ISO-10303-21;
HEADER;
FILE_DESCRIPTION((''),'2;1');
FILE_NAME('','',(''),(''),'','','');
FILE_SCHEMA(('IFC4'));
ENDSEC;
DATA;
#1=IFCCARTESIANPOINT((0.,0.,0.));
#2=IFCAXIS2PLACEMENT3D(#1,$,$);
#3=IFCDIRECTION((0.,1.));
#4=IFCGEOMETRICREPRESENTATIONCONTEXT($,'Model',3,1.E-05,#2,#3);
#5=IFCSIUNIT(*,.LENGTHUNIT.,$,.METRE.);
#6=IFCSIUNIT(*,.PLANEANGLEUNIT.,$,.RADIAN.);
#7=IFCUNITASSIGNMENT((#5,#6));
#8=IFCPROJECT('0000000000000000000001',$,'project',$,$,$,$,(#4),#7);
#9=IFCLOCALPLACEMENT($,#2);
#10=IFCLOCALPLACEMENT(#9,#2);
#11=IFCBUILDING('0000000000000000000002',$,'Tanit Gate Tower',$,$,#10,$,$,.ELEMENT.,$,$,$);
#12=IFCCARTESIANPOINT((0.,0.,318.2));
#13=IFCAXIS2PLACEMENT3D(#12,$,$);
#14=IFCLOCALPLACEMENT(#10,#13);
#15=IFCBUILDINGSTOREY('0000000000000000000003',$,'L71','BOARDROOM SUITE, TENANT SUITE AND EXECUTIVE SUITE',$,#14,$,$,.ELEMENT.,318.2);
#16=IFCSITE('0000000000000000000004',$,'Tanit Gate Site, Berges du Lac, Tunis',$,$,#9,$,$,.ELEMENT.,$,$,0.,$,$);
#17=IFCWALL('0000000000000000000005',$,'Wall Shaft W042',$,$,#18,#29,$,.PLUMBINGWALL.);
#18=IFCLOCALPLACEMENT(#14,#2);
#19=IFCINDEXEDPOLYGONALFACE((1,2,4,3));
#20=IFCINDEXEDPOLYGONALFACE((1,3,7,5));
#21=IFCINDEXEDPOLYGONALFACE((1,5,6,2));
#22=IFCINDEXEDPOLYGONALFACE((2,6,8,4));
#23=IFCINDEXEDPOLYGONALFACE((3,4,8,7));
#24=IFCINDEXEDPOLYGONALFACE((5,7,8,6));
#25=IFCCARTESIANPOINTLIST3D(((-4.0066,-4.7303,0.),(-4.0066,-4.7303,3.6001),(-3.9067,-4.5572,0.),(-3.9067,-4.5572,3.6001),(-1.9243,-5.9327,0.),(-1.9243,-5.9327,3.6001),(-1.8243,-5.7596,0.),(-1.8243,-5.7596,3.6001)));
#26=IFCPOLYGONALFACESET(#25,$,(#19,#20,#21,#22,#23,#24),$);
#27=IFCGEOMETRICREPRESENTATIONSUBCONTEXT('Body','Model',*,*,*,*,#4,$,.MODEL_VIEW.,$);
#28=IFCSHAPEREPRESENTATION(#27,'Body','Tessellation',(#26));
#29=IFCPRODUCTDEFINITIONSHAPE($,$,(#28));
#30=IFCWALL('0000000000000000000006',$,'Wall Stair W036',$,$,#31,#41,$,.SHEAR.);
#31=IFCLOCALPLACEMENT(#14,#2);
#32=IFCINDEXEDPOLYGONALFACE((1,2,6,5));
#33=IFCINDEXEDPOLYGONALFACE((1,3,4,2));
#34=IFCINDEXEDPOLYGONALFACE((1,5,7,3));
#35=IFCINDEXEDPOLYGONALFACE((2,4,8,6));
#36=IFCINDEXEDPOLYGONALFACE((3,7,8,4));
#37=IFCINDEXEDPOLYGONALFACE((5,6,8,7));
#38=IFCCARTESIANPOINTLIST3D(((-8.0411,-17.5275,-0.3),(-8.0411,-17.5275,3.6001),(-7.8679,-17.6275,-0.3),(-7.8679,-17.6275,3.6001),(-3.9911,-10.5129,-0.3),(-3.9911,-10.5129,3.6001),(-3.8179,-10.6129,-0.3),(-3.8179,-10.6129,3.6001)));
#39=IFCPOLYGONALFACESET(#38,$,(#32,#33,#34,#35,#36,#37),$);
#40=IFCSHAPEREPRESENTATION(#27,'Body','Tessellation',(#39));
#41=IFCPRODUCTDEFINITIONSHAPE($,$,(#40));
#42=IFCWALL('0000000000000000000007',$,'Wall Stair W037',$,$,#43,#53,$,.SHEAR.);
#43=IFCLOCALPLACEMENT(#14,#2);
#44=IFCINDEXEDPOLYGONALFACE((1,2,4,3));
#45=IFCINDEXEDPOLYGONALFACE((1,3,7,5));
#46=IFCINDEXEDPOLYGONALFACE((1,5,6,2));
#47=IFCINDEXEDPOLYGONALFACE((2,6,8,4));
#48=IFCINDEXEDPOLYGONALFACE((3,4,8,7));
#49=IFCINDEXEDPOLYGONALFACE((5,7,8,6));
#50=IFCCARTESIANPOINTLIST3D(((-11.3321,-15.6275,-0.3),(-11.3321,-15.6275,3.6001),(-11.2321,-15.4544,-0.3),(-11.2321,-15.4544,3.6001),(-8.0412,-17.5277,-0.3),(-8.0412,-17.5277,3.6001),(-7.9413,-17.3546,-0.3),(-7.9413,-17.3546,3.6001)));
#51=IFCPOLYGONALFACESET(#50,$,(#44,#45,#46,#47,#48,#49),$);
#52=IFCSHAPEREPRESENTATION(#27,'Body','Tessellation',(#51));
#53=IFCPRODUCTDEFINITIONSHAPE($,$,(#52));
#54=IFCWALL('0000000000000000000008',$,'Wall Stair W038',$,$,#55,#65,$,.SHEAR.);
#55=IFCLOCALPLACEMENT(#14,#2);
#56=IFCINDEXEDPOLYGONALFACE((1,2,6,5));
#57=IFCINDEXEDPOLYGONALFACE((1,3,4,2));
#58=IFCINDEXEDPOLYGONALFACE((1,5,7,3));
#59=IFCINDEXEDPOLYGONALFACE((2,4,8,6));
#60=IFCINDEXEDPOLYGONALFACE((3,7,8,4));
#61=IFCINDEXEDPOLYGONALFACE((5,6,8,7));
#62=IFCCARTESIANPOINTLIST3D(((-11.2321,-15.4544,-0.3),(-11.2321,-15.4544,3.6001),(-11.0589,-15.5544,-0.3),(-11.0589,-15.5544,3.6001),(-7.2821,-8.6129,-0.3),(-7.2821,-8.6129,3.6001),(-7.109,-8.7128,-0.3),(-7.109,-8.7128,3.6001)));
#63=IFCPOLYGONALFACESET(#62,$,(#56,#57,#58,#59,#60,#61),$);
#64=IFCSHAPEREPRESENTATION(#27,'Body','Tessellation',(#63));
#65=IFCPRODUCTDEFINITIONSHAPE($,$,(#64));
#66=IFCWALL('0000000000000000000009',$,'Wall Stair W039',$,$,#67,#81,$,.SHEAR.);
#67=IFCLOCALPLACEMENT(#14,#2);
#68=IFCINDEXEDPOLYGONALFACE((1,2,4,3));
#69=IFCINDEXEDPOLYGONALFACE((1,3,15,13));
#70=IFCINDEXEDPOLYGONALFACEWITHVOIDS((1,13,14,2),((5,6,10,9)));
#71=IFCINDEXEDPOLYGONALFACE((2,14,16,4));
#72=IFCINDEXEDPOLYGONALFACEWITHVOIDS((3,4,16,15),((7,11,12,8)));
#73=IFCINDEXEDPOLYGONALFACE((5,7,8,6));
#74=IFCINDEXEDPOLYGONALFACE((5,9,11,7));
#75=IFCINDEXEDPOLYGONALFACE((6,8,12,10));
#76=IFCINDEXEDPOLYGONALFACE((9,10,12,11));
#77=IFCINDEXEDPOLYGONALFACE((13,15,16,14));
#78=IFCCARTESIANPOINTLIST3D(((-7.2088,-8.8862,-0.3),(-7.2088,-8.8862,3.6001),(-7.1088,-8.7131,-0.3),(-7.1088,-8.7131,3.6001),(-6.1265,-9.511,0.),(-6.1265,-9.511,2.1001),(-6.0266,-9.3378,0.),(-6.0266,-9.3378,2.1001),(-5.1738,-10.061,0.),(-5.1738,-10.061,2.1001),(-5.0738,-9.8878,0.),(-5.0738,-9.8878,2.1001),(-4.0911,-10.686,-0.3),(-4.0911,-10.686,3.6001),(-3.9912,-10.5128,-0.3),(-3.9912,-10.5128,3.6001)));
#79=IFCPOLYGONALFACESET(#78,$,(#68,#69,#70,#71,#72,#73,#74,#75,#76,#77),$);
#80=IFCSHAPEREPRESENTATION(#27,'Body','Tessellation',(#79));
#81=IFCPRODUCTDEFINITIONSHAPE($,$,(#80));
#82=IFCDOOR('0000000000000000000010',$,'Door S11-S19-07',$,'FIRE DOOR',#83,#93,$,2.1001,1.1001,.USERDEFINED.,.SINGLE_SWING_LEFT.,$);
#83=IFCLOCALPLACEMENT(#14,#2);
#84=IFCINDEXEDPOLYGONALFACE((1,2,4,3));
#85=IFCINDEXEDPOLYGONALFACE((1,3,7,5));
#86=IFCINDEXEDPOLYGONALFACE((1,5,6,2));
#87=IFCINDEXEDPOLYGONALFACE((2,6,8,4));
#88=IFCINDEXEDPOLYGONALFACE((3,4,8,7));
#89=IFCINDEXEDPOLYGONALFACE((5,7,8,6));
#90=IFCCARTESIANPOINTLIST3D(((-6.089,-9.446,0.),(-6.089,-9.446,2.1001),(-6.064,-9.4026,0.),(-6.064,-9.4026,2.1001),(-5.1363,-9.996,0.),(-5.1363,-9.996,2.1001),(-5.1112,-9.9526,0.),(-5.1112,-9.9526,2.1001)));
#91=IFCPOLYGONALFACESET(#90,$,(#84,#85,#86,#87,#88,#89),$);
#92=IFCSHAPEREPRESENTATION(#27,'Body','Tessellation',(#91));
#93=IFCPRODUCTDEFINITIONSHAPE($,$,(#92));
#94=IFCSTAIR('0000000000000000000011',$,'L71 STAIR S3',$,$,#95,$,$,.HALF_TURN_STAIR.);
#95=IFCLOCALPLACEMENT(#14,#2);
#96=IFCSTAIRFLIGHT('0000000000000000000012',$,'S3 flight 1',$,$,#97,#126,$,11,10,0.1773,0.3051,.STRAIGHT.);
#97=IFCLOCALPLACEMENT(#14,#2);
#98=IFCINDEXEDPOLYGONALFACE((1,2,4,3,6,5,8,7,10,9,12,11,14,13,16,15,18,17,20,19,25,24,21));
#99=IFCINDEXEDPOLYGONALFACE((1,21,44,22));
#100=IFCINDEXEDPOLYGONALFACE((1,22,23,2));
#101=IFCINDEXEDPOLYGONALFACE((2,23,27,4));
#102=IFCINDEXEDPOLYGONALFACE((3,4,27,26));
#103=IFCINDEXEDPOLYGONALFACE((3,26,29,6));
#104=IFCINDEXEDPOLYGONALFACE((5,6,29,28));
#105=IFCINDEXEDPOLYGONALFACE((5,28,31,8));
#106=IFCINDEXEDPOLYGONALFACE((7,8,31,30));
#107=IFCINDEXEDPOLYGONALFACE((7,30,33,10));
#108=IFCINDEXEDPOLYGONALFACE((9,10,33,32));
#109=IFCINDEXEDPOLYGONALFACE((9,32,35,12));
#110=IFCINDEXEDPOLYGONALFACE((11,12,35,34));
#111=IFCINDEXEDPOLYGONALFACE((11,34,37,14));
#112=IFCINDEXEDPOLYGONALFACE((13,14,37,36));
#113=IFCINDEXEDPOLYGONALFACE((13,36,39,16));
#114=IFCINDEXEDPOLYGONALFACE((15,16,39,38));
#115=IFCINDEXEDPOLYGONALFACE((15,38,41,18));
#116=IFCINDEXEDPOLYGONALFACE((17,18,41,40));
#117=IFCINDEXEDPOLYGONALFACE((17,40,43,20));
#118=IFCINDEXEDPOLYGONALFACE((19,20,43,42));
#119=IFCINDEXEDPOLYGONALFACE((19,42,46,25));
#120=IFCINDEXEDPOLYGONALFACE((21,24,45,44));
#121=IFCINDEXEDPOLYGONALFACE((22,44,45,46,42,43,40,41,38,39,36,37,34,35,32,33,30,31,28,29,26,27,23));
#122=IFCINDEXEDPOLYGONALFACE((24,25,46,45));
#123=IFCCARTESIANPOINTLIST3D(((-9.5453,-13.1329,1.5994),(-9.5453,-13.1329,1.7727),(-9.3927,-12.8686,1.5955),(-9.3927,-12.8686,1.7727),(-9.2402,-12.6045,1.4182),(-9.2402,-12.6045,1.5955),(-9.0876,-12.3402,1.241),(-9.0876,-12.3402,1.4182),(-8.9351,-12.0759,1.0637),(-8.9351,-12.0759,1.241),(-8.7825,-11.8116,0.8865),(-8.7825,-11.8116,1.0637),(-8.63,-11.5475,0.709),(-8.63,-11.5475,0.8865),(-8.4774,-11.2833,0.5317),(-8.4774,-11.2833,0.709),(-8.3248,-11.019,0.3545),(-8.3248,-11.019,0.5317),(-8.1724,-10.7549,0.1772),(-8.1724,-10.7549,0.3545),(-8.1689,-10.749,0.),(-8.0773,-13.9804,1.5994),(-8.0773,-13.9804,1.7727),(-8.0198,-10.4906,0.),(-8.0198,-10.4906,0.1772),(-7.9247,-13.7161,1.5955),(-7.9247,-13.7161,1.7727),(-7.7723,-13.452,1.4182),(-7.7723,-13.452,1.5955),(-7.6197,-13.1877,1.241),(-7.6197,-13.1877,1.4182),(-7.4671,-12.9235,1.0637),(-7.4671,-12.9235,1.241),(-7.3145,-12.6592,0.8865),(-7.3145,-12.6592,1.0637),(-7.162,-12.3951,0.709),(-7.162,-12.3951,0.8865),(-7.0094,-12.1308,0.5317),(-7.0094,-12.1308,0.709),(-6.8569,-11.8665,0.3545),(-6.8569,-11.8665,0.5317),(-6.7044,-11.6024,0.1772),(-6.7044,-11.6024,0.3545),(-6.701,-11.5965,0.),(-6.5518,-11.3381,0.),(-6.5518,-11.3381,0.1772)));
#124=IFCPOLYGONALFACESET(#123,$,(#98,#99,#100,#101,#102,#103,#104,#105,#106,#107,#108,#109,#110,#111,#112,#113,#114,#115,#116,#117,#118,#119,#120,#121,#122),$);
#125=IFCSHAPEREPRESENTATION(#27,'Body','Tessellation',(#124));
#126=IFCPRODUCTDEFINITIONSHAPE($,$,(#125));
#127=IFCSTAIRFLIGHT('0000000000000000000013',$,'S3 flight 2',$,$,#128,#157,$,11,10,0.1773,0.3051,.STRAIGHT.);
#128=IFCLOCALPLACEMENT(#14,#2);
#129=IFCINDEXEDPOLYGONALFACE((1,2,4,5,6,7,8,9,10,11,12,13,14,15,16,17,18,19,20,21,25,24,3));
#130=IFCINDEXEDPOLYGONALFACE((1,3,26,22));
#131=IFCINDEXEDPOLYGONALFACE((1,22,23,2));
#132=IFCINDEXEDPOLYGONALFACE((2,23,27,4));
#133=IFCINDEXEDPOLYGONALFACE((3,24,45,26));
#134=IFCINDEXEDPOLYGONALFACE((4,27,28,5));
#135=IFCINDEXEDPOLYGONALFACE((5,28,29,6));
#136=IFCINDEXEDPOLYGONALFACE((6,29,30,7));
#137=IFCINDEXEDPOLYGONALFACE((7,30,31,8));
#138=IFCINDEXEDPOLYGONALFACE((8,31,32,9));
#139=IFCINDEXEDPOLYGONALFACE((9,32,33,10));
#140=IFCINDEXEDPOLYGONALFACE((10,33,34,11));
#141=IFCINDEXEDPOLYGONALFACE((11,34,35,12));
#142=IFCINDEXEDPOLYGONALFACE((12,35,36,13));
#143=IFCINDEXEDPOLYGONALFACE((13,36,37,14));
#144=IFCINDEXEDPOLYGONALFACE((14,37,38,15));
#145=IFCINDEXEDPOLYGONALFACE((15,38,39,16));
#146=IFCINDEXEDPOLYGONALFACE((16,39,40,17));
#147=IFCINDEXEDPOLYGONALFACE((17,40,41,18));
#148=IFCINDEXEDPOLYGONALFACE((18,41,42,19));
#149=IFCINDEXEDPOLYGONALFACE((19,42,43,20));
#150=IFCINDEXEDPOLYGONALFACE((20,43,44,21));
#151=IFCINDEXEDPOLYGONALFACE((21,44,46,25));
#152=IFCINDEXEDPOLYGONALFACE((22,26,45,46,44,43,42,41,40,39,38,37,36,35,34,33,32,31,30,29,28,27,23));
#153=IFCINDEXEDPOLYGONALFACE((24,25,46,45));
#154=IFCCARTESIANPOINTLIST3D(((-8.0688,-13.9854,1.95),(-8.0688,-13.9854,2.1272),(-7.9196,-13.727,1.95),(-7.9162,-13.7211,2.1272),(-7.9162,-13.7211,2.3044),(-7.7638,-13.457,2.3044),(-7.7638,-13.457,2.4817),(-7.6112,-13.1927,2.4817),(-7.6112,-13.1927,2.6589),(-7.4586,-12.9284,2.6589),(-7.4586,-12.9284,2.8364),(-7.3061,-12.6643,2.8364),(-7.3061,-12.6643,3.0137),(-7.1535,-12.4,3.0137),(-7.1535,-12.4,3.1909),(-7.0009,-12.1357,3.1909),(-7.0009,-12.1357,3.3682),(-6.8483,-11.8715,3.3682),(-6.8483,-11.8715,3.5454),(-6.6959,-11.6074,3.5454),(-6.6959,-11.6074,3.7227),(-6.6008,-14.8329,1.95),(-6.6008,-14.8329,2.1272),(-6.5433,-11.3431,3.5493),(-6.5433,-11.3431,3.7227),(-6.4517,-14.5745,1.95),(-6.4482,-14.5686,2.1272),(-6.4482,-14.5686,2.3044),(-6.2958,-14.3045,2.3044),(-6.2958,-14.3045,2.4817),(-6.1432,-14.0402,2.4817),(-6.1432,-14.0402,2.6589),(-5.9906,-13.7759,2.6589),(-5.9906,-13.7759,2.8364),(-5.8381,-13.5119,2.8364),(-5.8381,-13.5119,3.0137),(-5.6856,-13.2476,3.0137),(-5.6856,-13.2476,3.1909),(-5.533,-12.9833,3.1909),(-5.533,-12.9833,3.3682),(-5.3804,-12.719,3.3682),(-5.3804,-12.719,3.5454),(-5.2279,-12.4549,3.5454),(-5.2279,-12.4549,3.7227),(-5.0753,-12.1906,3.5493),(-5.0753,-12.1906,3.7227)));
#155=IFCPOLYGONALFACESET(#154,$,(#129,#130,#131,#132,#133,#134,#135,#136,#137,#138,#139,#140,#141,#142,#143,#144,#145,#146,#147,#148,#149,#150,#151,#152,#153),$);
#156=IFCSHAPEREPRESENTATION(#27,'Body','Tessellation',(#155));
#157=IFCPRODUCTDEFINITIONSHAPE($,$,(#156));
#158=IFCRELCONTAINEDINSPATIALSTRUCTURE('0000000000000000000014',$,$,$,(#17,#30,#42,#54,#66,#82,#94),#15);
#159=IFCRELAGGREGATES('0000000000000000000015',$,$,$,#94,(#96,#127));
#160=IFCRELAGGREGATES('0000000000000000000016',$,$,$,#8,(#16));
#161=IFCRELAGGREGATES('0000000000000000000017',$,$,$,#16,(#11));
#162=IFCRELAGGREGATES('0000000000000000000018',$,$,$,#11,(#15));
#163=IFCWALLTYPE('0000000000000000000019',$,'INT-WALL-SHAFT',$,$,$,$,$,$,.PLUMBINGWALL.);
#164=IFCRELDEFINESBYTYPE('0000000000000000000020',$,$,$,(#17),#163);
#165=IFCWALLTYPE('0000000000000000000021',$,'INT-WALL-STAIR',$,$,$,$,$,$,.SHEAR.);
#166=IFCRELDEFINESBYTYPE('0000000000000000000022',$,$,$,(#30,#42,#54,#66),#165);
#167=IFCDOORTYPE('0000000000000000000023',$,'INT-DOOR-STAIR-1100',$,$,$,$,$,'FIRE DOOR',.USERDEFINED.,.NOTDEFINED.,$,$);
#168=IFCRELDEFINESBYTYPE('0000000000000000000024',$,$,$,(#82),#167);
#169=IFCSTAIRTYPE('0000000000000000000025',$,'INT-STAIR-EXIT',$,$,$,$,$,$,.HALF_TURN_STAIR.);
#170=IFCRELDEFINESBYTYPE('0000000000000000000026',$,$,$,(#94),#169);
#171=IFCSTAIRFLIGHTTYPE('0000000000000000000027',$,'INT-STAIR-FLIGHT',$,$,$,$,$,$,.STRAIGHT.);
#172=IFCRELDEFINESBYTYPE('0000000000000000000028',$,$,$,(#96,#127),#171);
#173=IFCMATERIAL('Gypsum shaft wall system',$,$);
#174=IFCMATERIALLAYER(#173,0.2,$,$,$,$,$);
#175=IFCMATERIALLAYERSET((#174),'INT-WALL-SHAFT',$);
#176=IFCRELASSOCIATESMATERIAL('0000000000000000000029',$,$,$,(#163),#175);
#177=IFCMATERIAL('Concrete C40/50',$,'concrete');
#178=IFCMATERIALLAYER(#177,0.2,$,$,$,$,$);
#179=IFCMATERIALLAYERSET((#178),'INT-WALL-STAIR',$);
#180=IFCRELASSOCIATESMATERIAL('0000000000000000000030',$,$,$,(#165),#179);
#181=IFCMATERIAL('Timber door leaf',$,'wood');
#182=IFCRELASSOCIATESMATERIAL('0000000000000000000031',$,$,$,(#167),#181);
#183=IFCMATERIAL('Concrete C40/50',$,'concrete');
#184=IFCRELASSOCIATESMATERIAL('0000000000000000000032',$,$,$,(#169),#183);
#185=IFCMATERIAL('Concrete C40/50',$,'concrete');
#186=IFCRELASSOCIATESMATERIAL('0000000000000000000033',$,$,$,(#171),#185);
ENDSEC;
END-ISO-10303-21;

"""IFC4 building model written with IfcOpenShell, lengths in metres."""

from ifc_helpers import new_model, si_unit, direction, frame, frame_2d, origin, place, context, subcontext, project, spatial, polyline, rectangle, outline, extrude, material, layer, layer_set, type_object, element, fill, aggregate, save


model = new_model("IFC4")

# Units and contexts
model_context = context("Model", 3, precision=1e-05, world=origin(), true_north=direction((0.0, 1.0)))
body_context = subcontext(model_context, "Body", "Model", "MODEL_VIEW")
ifc_project = project(units=[si_unit("LENGTHUNIT", "METRE"), si_unit("PLANEANGLEUNIT", "RADIAN")], contexts=[model_context])

# Site, building, storey
site_placement = place(None, origin())
site = spatial("IfcSite", under=ifc_project, at=site_placement, Name="Tanit Gate Site, Berges du Lac, Tunis", CompositionType="ELEMENT", RefElevation=0.0)
building_placement = place(site_placement, origin())
building = spatial("IfcBuilding", under=site, at=building_placement, Name="Tanit Gate Tower", CompositionType="ELEMENT")
storey_placement = place(building_placement, frame((0.0, 0.0, 318.2)))
storey = spatial("IfcBuildingStorey", under=building, at=storey_placement, Name="L71", Description="BOARDROOM SUITE, TENANT SUITE AND EXECUTIVE SUITE", CompositionType="ELEMENT", Elevation=318.2)

# Walls
ifc_material_1 = material(Name="Gypsum shaft wall system")
ifc_layer_1 = layer(ifc_material_1, 0.2)
ifc_layer_set_1 = layer_set([ifc_layer_1], Name="INT-WALL-SHAFT")
wall_type_1 = type_object("IfcWallType", Name="INT-WALL-SHAFT", PredefinedType="PLUMBINGWALL", material=ifc_layer_set_1)
wall_1_placement = place(storey_placement, frame((-3.9565, -4.6438, 0.0), z_axis=(0.0, 0.0, 1.0), x_axis=(0.865991, -0.500059, 0.0)))
element("IfcWall", 1, at=wall_1_placement, inside=storey, type_object=wall_type_1, Name="Wall Shaft W042", PredefinedType="PLUMBINGWALL", context=body_context, shape_type="SweptSolid", body=[
    extrude(rectangle(XDim=2.4045, YDim=0.2, at=frame_2d((1.2021, 0.0))), origin(), (0.0, 0.0, 1.0), 3.6001),
])
ifc_material_2 = material(Name="Concrete C40/50", Category="concrete")
ifc_layer_2 = layer(ifc_material_2, 0.2)
ifc_layer_set_2 = layer_set([ifc_layer_2], Name="INT-WALL-STAIR")
wall_type_2 = type_object("IfcWallType", Name="INT-WALL-STAIR", PredefinedType="SHEAR", material=ifc_layer_set_2)
wall_2_placement = place(storey_placement, frame((-3.9045, -10.563, -0.3), z_axis=(0.0, 0.0, 1.0), x_axis=(-0.500013, -0.866018, 0.0)))
element("IfcWall", 2, at=wall_2_placement, inside=storey, type_object=wall_type_2, Name="Wall Stair W036", PredefinedType="SHEAR", context=body_context, shape_type="SweptSolid", body=[
    extrude(rectangle(XDim=8.0999, YDim=0.2, at=frame_2d((4.0498, 0.0))), origin(), (0.0, 0.0, 1.0), 3.9001),
])
wall_3_placement = place(storey_placement, frame((-11.282, -15.541, -0.3), z_axis=(0.0, 0.0, 1.0), x_axis=(0.866, -0.500043, 0.0)))
element("IfcWall", 3, at=wall_3_placement, inside=storey, type_object=wall_type_2, Name="Wall Stair W037", PredefinedType="SHEAR", context=body_context, shape_type="SweptSolid", body=[
    extrude(rectangle(XDim=3.8, YDim=0.2, at=frame_2d((1.8999, 0.0))), origin(), (0.0, 0.0, 1.0), 3.9001),
])
wall_4_placement = place(storey_placement, frame((-7.1956, -8.6628, -0.3), z_axis=(0.0, 0.0, 1.0), x_axis=(-0.499998, -0.866027, 0.0)))
element("IfcWall", 4, at=wall_4_placement, inside=storey, type_object=wall_type_2, Name="Wall Stair W038", PredefinedType="SHEAR", context=body_context, shape_type="SweptSolid", body=[
    extrude(rectangle(XDim=7.8999, YDim=0.2, at=frame_2d((3.95, 0.0))), origin(), (0.0, 0.0, 1.0), 3.9001),
])

# Wall, opening, door
wall_5_placement = place(storey_placement, frame((-4.0413, -10.5994, -0.3), z_axis=(0.0, 0.0, 1.0), x_axis=(-0.866048, 0.499961, 0.0)))
wall_5 = element("IfcWall", 5, at=wall_5_placement, inside=storey, type_object=wall_type_2, Name="Wall Stair W039", PredefinedType="SHEAR", context=body_context, shape_type="SweptSolid", body=[
    extrude(rectangle(XDim=3.5999, YDim=0.2, at=frame_2d((1.7998, 0.0))), origin(), (0.0, 0.0, 1.0), 3.9001),
])
opening_1_placement = place(wall_5_placement, frame((1.25, 0.0, 0.3)))
opening_1 = element("IfcOpeningElement", 6, at=opening_1_placement, cuts=wall_5, PredefinedType="OPENING", context=body_context, shape_type="SweptSolid", body=[
    extrude(rectangle(XDim=1.1001, YDim=2.1001, at=frame_2d((0.55, 1.05))), frame((0.0, 0.1099, 0.0), z_axis=(0.0, -1.0, 0.0), x_axis=(1.0, 0.0, 0.0)), (0.0, 0.0, 1.0), 0.22),
])
ifc_material_3 = material(Name="Timber door leaf", Category="wood")
door_type_1 = type_object("IfcDoorType", Name="INT-DOOR-STAIR-1100", ElementType="FIRE DOOR", OperationType="NOTDEFINED", PredefinedType="USERDEFINED", material=ifc_material_3)
door_1_placement = place(opening_1_placement, origin())
door_1 = element("IfcDoor", 7, at=door_1_placement, inside=storey, type_object=door_type_1, Name="Door S11-S19-07", ObjectType="FIRE DOOR", OperationType="SINGLE_SWING_LEFT", OverallHeight=2.1001, OverallWidth=1.1001, PredefinedType="USERDEFINED", context=body_context, shape_type="SweptSolid", body=[
    extrude(rectangle(XDim=1.1001, YDim=2.1001, at=frame_2d((0.55, 1.05))), frame((0.0, 0.0249, 0.0), z_axis=(0.0, -1.0, 0.0), x_axis=(1.0, 0.0, 0.0)), (0.0, 0.0, 1.0), 0.05),
])
fill(opening_1, door_1)

# Stair, stair flights
ifc_material_4 = material(Name="Concrete C40/50", Category="concrete")
stair_type = type_object("IfcStairType", Name="INT-STAIR-EXIT", PredefinedType="HALF_TURN_STAIR", material=ifc_material_4)
stair_placement = place(storey_placement, origin())
stair = element("IfcStair", 8, at=stair_placement, inside=storey, type_object=stair_type, Name="L71 STAIR S3", PredefinedType="HALF_TURN_STAIR")
ifc_material_5 = material(Name="Concrete C40/50", Category="concrete")
stair_flight_type = type_object("IfcStairFlightType", Name="INT-STAIR-FLIGHT", PredefinedType="STRAIGHT", material=ifc_material_5)
stair_flight_1_placement = place(storey_placement, frame((-7.2859, -10.9143, 0.0), z_axis=(0.0, 0.0, 1.0), x_axis=(-0.5, -0.866025, 0.0)))
stair_flight_1 = element("IfcStairFlight", 9, at=stair_flight_1_placement, type_object=stair_flight_type, Name="S3 flight 1", NumberOfRisers=11, NumberOfTreads=10, PredefinedType="STRAIGHT", RiserHeight=0.1773, TreadLength=0.3051, context=body_context, shape_type="SweptSolid", body=[
    extrude(outline(polyline([(0.0, 0.0), (0.0, 0.1772), (0.3052, 0.1772), (0.3052, 0.3545), (0.6101, 0.3545), (0.6101, 0.5317), (0.9153, 0.5317), (0.9153, 0.709), (1.2205, 0.709), (1.2205, 0.8865), (1.5254, 0.8865), (1.5254, 1.0637), (1.8306, 1.0637), (1.8306, 1.241), (2.1357, 1.241), (2.1357, 1.4182), (2.4409, 1.4182), (2.4409, 1.5955), (2.7458, 1.5955), (2.7458, 1.7727), (3.051, 1.7727), (3.051, 1.95), (3.051, 1.5994), (0.2983, 0.0), (0.0, 0.0)])), frame((0.0, 0.8477, 0.0), z_axis=(0.0, -1.0, 0.0), x_axis=(1.0, 0.0, 0.0)), (0.0, 0.0, 1.0), 1.6951),
])
stair_flight_2_placement = place(storey_placement, frame((-7.3347, -14.4092, 1.95), z_axis=(0.0, 0.0, 1.0), x_axis=(0.5, 0.866025, 0.0)))
stair_flight_2 = element("IfcStairFlight", 10, at=stair_flight_2_placement, type_object=stair_flight_type, Name="S3 flight 2", NumberOfRisers=11, NumberOfTreads=10, PredefinedType="STRAIGHT", RiserHeight=0.1773, TreadLength=0.3051, context=body_context, shape_type="SweptSolid", body=[
    extrude(outline(polyline([(0.0, 0.0), (0.0, 0.1772), (0.3052, 0.1772), (0.3052, 0.3545), (0.6101, 0.3545), (0.6101, 0.5317), (0.9153, 0.5317), (0.9153, 0.709), (1.2205, 0.709), (1.2205, 0.8865), (1.5254, 0.8865), (1.5254, 1.0637), (1.8306, 1.0637), (1.8306, 1.241), (2.1357, 1.241), (2.1357, 1.4182), (2.4409, 1.4182), (2.4409, 1.5955), (2.7458, 1.5955), (2.7458, 1.7727), (3.051, 1.7727), (3.051, 1.95), (3.051, 1.5994), (0.2983, 0.0), (0.0, 0.0)])), frame((0.0, 0.8477, 0.0), z_axis=(0.0, -1.0, 0.0), x_axis=(1.0, 0.0, 0.0)), (0.0, 0.0, 1.0), 1.6951),
])
aggregate(stair, [stair_flight_1, stair_flight_2])

save(model, "model.ifc")
